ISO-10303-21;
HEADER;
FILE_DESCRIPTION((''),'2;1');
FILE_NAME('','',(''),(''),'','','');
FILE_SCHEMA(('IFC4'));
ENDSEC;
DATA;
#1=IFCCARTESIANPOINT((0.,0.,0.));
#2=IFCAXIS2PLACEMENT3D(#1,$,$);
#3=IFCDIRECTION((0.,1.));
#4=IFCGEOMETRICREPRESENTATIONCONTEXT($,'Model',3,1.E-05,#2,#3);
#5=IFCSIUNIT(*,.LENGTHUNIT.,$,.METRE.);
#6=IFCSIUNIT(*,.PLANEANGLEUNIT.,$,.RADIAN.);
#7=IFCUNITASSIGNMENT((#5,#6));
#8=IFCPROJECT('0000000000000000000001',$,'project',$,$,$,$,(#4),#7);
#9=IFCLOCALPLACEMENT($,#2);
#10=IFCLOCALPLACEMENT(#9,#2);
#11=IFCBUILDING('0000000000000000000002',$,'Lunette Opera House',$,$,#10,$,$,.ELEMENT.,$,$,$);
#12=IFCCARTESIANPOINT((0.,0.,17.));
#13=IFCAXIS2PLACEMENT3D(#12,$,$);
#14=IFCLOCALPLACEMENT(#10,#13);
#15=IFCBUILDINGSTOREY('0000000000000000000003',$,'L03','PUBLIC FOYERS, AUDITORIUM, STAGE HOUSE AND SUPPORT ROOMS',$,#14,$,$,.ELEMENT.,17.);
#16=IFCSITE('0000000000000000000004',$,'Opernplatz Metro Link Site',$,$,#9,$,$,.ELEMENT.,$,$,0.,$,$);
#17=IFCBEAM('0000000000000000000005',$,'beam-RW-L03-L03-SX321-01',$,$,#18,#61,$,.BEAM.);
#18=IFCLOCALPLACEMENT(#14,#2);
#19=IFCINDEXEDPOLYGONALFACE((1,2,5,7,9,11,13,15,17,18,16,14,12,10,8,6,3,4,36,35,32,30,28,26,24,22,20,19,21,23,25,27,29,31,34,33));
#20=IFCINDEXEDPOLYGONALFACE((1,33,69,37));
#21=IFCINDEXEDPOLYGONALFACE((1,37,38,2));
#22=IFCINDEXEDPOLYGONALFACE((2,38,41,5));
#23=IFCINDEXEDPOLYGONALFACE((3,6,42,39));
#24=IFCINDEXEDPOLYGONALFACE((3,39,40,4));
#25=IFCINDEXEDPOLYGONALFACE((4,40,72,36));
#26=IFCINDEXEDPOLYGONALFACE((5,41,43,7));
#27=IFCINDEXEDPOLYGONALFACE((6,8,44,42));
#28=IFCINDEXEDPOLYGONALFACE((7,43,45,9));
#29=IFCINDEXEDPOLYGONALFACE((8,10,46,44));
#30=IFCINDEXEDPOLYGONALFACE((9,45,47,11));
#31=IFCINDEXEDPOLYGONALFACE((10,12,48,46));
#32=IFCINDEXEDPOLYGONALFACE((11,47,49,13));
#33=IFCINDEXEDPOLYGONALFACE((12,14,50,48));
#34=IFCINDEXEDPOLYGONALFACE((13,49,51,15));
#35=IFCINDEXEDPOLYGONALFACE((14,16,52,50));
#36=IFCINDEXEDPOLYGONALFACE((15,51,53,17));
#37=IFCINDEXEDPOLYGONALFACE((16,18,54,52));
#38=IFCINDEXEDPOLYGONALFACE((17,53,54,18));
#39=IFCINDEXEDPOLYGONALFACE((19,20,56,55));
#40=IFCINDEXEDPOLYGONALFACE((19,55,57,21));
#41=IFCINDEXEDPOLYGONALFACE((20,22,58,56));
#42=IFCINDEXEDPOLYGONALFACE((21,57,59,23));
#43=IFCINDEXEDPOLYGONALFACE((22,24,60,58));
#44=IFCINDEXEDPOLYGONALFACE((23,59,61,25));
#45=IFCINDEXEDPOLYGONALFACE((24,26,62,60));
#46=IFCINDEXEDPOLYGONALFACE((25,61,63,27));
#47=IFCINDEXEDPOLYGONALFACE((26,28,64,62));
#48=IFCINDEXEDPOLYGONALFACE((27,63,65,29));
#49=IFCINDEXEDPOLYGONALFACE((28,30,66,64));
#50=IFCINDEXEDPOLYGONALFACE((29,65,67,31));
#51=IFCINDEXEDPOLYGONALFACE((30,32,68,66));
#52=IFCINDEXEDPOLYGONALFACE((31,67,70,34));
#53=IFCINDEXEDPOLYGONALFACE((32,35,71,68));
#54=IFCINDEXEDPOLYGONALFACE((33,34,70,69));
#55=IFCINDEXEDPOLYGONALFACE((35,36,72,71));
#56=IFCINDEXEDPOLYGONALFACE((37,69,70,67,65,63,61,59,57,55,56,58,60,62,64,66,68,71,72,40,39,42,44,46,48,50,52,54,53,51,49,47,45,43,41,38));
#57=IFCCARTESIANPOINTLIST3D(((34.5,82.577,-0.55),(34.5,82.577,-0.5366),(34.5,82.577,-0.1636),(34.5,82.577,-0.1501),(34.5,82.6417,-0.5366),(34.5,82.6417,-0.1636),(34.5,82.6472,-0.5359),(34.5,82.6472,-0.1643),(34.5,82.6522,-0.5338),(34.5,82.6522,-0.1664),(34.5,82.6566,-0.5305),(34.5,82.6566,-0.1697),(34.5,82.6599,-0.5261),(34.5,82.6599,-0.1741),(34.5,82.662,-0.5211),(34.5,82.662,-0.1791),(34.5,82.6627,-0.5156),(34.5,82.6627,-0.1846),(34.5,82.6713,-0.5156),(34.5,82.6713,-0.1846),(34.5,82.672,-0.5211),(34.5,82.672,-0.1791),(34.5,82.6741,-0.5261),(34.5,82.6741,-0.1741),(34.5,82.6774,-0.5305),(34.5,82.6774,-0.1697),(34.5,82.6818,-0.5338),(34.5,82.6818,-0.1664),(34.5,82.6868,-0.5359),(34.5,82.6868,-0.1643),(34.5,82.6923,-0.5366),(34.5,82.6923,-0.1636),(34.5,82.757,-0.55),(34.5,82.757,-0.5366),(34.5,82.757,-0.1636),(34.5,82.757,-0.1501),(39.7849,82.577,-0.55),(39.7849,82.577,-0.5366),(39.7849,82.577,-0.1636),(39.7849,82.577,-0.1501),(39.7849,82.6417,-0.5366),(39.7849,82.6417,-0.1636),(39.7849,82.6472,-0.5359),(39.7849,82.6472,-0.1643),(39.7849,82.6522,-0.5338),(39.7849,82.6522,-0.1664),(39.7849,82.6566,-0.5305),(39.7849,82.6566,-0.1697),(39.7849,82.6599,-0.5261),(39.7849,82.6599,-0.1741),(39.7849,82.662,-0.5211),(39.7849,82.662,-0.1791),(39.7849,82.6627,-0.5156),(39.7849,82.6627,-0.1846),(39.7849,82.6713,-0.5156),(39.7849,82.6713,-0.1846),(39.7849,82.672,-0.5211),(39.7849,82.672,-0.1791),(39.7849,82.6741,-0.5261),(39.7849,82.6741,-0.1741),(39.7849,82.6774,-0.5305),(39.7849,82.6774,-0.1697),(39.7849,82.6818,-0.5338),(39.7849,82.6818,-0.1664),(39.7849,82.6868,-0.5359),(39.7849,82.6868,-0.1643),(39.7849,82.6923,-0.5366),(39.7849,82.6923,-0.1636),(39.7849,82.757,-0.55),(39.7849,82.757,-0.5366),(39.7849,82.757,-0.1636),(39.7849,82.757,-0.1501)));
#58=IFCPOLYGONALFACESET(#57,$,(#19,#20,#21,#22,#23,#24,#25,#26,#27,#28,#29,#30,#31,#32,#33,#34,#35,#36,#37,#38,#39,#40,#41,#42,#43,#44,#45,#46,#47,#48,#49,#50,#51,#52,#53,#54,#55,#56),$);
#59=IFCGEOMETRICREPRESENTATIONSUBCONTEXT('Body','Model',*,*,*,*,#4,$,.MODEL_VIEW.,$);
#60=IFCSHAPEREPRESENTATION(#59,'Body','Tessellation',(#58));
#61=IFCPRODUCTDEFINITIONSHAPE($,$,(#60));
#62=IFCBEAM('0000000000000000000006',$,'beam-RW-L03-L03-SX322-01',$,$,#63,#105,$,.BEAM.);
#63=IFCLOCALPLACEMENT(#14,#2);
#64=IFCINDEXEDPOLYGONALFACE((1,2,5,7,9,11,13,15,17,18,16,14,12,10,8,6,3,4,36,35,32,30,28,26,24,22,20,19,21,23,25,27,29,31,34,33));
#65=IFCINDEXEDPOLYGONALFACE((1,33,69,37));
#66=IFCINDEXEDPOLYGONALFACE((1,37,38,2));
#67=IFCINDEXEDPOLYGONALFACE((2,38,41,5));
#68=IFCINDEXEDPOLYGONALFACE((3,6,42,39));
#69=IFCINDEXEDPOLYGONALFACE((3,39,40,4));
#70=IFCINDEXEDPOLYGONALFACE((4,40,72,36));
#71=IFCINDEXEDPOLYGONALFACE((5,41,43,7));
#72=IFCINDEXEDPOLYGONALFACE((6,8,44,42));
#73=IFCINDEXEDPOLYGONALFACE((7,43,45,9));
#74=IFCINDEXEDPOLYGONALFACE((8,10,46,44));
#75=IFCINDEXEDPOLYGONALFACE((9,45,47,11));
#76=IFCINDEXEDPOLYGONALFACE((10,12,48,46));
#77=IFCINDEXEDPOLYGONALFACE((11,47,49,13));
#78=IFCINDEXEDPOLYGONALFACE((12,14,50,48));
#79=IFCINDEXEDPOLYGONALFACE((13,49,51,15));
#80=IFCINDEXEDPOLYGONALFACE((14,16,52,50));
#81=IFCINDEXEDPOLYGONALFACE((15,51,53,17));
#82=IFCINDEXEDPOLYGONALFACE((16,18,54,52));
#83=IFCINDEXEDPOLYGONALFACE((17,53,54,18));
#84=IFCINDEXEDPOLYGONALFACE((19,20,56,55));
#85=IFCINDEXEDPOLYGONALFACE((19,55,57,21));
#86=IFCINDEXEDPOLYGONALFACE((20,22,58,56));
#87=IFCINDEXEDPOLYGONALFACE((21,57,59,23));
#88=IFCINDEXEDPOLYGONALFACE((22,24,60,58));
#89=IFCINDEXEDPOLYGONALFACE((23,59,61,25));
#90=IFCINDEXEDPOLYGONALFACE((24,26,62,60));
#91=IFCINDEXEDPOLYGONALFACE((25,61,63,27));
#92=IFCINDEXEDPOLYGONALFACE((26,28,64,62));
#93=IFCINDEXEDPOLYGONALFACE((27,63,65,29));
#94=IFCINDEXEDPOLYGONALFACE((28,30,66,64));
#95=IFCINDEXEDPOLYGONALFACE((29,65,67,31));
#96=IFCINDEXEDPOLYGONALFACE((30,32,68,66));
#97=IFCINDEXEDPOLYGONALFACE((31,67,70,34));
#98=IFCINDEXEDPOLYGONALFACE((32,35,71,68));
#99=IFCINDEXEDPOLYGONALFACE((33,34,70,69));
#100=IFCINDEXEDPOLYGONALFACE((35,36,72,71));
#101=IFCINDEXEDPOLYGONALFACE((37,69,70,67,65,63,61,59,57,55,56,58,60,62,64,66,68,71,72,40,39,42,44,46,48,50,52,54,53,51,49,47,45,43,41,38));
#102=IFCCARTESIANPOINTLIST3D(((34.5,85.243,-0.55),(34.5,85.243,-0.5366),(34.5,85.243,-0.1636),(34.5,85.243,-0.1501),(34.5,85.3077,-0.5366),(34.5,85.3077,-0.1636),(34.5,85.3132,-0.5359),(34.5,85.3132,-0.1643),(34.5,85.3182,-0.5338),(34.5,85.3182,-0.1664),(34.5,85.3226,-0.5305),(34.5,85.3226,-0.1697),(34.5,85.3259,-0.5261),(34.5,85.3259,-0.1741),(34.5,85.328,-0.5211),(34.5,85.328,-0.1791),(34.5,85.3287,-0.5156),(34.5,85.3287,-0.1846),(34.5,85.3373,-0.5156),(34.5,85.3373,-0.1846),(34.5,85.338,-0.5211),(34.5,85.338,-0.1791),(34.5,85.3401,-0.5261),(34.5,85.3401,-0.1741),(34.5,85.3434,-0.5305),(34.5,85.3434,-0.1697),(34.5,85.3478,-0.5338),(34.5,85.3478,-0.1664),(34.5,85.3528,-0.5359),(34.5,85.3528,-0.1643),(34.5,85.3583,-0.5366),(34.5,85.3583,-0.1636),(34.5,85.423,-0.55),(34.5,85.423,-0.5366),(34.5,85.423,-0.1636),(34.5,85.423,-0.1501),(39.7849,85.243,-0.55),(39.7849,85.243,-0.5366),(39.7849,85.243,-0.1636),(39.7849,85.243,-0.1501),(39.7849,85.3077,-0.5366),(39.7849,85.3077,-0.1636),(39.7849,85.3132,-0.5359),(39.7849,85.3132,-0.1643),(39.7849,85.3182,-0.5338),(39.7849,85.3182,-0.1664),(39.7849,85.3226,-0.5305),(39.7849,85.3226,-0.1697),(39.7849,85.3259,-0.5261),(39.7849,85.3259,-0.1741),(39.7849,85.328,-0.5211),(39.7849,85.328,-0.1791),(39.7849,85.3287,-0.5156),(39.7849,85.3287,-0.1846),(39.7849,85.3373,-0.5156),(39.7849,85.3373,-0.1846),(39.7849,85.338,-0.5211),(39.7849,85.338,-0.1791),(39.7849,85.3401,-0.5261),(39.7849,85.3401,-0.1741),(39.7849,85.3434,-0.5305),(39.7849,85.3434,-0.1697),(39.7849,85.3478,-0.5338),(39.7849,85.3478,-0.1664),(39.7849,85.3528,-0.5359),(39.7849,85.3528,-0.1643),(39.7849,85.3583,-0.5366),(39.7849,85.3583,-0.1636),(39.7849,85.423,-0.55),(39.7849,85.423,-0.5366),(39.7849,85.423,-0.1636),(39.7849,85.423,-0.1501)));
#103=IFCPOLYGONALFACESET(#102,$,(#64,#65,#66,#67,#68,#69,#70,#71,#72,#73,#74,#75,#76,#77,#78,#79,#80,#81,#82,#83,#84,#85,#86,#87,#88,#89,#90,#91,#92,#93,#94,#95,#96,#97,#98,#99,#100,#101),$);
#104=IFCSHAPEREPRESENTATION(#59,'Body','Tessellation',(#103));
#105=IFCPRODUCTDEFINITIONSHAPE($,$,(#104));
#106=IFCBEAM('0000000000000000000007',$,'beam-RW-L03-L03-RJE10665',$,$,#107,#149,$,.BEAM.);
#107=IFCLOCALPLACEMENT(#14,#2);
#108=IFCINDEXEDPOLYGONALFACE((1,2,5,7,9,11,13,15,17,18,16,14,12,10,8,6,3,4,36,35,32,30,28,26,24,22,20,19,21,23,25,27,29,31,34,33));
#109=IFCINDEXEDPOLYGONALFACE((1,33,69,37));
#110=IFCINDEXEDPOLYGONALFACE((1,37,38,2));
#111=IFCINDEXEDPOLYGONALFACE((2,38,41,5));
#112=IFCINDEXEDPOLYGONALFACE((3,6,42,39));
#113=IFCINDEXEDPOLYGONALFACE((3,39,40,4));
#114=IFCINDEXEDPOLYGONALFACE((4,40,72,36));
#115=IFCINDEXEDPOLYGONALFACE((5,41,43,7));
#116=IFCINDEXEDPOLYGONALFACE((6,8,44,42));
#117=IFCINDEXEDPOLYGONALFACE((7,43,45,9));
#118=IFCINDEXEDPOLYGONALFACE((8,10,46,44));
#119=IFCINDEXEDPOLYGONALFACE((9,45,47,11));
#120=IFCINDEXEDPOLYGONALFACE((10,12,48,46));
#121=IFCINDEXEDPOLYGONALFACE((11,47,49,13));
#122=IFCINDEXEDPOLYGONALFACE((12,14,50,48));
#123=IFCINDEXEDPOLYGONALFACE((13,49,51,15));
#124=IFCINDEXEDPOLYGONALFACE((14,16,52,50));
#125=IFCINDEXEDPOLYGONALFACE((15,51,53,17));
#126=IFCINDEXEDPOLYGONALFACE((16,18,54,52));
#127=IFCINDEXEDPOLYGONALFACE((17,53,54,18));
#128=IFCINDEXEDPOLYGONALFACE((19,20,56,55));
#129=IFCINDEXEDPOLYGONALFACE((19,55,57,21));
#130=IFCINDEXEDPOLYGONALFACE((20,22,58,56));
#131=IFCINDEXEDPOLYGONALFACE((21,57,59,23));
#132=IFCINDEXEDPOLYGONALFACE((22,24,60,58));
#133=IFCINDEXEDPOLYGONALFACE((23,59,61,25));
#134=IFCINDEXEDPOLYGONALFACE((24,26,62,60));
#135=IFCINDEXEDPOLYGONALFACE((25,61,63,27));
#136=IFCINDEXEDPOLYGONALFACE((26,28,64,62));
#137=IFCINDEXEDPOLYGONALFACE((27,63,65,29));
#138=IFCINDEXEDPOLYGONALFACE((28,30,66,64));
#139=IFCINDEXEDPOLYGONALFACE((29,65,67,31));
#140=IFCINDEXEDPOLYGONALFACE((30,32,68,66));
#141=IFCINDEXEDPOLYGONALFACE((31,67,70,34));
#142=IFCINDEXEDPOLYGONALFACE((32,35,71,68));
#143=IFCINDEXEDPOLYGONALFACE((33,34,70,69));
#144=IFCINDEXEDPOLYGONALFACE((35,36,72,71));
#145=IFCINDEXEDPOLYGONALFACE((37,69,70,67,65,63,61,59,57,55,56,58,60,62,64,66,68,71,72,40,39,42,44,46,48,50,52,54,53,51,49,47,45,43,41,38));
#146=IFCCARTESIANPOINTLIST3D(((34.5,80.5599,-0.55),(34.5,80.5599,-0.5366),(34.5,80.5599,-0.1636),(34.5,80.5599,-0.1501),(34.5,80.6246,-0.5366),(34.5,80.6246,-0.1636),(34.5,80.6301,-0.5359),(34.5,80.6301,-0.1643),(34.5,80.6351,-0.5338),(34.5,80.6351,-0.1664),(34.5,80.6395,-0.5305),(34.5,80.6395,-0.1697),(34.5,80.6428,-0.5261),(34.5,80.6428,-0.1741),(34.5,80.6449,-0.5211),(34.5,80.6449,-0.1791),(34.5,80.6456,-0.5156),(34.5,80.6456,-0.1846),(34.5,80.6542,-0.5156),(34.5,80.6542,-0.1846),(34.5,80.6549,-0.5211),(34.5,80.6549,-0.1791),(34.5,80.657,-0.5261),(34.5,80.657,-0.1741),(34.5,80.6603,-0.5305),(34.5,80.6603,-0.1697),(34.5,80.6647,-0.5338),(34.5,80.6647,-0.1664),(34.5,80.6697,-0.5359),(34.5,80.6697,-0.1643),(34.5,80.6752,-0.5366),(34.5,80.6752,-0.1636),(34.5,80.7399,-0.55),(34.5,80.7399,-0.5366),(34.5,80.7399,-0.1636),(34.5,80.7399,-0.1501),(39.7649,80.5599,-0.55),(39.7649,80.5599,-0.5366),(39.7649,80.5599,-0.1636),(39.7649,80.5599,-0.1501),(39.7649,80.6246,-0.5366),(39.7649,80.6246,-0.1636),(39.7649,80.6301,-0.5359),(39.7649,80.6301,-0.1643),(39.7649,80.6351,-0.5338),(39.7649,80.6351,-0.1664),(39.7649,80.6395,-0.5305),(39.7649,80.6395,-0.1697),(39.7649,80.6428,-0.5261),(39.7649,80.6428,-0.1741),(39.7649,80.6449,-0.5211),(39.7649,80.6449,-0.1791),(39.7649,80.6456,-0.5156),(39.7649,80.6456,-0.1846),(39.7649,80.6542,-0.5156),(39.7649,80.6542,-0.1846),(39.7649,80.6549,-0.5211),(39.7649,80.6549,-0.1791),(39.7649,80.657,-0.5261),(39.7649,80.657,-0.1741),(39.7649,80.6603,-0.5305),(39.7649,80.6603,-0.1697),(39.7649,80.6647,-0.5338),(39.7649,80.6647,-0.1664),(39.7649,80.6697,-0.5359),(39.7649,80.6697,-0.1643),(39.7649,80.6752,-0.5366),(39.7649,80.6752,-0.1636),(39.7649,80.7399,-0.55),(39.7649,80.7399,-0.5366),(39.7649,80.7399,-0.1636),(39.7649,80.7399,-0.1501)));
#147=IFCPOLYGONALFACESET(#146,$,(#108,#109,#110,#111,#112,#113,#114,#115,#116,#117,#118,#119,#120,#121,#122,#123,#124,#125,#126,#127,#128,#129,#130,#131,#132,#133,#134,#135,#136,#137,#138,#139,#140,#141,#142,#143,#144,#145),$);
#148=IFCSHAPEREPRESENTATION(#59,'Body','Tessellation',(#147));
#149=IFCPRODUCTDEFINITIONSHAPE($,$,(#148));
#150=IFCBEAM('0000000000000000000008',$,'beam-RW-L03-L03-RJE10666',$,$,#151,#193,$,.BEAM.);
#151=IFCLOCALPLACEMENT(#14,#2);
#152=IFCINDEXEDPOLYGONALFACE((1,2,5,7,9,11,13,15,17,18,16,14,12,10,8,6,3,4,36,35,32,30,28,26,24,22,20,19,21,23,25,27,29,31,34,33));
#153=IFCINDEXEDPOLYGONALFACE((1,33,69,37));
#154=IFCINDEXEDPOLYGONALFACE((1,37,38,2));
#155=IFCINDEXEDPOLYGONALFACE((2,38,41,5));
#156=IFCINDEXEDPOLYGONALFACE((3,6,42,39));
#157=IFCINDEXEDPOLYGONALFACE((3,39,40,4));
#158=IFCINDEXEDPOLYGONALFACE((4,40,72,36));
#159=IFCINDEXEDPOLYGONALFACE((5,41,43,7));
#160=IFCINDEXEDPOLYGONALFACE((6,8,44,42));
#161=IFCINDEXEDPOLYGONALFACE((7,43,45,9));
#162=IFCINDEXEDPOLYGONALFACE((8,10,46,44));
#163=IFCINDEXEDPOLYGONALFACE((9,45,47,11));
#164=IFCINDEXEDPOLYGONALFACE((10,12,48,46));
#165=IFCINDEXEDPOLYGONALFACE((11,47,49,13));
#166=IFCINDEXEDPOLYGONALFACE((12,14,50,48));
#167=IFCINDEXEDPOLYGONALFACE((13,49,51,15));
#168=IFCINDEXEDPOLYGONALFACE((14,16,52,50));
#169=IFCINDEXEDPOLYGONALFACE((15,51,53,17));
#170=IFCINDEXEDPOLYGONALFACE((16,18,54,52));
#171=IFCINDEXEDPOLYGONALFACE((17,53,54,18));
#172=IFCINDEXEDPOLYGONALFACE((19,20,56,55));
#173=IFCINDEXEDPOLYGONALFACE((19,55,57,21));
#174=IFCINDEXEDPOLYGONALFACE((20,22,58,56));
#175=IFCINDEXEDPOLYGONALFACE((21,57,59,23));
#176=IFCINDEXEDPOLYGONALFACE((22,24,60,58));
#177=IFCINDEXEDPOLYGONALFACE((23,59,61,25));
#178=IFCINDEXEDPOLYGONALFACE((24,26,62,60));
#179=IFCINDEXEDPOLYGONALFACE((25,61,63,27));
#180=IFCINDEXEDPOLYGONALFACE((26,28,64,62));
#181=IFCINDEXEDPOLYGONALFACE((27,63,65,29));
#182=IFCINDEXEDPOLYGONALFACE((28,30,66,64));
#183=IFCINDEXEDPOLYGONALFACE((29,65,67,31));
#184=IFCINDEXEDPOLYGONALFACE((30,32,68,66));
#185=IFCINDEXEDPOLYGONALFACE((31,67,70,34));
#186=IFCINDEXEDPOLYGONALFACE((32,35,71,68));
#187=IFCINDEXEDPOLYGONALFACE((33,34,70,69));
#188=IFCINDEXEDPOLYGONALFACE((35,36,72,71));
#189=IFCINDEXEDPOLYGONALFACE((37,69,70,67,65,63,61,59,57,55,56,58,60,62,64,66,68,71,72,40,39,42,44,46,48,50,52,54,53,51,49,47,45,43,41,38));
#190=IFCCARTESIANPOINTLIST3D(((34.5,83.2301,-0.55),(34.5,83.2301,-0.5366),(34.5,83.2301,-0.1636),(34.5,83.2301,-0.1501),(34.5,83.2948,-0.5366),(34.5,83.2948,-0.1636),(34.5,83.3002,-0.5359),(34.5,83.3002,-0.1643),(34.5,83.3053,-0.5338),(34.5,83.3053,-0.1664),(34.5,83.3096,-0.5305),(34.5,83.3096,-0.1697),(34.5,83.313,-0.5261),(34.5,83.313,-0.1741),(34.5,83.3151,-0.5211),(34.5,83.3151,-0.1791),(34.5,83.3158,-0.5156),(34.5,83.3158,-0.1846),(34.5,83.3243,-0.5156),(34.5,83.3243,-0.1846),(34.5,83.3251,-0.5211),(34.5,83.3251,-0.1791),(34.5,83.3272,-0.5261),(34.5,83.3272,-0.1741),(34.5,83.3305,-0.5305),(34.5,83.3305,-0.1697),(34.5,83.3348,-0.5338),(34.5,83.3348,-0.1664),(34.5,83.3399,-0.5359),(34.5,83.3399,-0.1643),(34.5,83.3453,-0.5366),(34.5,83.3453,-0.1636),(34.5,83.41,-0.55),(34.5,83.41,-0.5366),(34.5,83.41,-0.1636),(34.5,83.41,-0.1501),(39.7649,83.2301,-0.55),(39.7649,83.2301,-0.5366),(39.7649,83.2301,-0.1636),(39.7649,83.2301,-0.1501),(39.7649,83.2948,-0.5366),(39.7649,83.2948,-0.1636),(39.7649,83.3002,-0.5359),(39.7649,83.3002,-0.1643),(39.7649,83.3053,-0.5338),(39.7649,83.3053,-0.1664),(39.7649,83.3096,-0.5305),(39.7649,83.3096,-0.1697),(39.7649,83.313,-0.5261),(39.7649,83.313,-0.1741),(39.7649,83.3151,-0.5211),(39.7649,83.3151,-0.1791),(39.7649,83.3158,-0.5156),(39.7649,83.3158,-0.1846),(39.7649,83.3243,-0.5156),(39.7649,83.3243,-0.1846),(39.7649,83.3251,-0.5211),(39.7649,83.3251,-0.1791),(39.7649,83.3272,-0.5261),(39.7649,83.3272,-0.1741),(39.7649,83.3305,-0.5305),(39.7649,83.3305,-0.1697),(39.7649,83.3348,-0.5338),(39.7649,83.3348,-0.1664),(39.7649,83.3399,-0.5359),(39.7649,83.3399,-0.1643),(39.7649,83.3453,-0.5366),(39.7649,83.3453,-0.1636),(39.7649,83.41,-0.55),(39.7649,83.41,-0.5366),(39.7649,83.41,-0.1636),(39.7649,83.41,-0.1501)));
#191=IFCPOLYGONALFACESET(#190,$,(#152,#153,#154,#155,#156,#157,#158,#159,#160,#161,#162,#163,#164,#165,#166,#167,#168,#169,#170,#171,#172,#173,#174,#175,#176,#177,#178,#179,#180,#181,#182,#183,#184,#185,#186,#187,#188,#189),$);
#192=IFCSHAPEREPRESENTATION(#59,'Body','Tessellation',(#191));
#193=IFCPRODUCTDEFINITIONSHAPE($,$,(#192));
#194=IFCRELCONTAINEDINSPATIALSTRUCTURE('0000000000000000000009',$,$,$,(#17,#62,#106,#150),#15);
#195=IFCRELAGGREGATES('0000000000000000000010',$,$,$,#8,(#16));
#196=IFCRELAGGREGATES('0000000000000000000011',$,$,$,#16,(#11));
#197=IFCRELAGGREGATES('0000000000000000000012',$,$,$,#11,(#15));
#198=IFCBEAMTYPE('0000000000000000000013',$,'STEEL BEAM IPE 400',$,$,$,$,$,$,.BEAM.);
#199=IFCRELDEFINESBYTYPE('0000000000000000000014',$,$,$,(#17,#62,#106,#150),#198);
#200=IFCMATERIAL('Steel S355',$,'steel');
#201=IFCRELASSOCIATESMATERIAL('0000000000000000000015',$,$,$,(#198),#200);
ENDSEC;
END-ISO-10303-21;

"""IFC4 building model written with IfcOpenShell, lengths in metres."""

from ifc_helpers import new_model, si_unit, direction, frame, origin, origin_2d, place, context, subcontext, project, spatial, i_section, extrude, material, material_profile, profile_set, type_object, element, save


model = new_model("IFC4")

# Units and contexts
model_context = context("Model", 3, precision=1e-05, world=origin(), true_north=direction((0.0, 1.0)))
body_context = subcontext(model_context, "Body", "Model", "MODEL_VIEW")
ifc_project = project(units=[si_unit("LENGTHUNIT", "METRE"), si_unit("PLANEANGLEUNIT", "RADIAN")], contexts=[model_context])

# Site, building, storey
site_placement = place(None, origin())
site = spatial("IfcSite", under=ifc_project, at=site_placement, Name="Opernplatz Metro Link Site", CompositionType="ELEMENT", RefElevation=0.0)
building_placement = place(site_placement, origin())
building = spatial("IfcBuilding", under=site, at=building_placement, Name="Lunette Opera House", CompositionType="ELEMENT")
storey_placement = place(building_placement, frame((0.0, 0.0, 17.0)))
storey = spatial("IfcBuildingStorey", under=building, at=storey_placement, Name="L03", Description="PUBLIC FOYERS, AUDITORIUM, STAGE HOUSE AND SUPPORT ROOMS", CompositionType="ELEMENT", Elevation=17.0)

# Beams
ifc_material_1 = material(Name="Steel S355", Category="steel")
ifc_material_profile_1 = material_profile(ifc_material_1, i_section(OverallWidth=0.1799, OverallDepth=0.3999, WebThickness=0.0085, FlangeThickness=0.0134, FilletRadius=0.021, at=origin_2d()), Name="IPE 400")
ifc_profile_set_1 = profile_set([ifc_material_profile_1], Name="Steel S355")
beam_type_1 = type_object("IfcBeamType", Name="STEEL BEAM IPE 400", PredefinedType="BEAM", material=ifc_profile_set_1)
for number, where, z_axis, x_axis, name in (
    (1, (34.5, 82.667, -0.3501), (1.0, 0.0, 0.0), (0.0, 1.0, 0.0), "beam-RW-L03-L03-SX321-01"),
    (2, (34.5, 85.333, -0.3501), (1.0, 0.0, 0.0), (0.0, 1.0, 0.0), "beam-RW-L03-L03-SX322-01"),
):
    element("IfcBeam", number, at=place(storey_placement, frame(where, z_axis=z_axis, x_axis=x_axis)), inside=storey, type_object=beam_type_1, Name=name, PredefinedType="BEAM", context=body_context, shape_type="SweptSolid", body=[
        extrude(i_section(OverallWidth=0.1799, OverallDepth=0.3999, WebThickness=0.0085, FlangeThickness=0.0134, FilletRadius=0.021, at=origin_2d()), origin(), (0.0, 0.0, 1.0), 5.2849),
    ])
for number, where, z_axis, x_axis, name in (
    (3, (34.5, 80.6499, -0.3501), (1.0, 0.0, 0.0), (0.0, 1.0, 0.0), "beam-RW-L03-L03-RJE10665"),
    (4, (34.5, 83.3201, -0.3501), (1.0, 0.0, 0.0), (0.0, 1.0, 0.0), "beam-RW-L03-L03-RJE10666"),
):
    element("IfcBeam", number, at=place(storey_placement, frame(where, z_axis=z_axis, x_axis=x_axis)), inside=storey, type_object=beam_type_1, Name=name, PredefinedType="BEAM", context=body_context, shape_type="SweptSolid", body=[
        extrude(i_section(OverallWidth=0.1799, OverallDepth=0.3999, WebThickness=0.0085, FlangeThickness=0.0134, FilletRadius=0.021, at=origin_2d()), origin(), (0.0, 0.0, 1.0), 5.2649),
    ])

save(model, "model.ifc")
